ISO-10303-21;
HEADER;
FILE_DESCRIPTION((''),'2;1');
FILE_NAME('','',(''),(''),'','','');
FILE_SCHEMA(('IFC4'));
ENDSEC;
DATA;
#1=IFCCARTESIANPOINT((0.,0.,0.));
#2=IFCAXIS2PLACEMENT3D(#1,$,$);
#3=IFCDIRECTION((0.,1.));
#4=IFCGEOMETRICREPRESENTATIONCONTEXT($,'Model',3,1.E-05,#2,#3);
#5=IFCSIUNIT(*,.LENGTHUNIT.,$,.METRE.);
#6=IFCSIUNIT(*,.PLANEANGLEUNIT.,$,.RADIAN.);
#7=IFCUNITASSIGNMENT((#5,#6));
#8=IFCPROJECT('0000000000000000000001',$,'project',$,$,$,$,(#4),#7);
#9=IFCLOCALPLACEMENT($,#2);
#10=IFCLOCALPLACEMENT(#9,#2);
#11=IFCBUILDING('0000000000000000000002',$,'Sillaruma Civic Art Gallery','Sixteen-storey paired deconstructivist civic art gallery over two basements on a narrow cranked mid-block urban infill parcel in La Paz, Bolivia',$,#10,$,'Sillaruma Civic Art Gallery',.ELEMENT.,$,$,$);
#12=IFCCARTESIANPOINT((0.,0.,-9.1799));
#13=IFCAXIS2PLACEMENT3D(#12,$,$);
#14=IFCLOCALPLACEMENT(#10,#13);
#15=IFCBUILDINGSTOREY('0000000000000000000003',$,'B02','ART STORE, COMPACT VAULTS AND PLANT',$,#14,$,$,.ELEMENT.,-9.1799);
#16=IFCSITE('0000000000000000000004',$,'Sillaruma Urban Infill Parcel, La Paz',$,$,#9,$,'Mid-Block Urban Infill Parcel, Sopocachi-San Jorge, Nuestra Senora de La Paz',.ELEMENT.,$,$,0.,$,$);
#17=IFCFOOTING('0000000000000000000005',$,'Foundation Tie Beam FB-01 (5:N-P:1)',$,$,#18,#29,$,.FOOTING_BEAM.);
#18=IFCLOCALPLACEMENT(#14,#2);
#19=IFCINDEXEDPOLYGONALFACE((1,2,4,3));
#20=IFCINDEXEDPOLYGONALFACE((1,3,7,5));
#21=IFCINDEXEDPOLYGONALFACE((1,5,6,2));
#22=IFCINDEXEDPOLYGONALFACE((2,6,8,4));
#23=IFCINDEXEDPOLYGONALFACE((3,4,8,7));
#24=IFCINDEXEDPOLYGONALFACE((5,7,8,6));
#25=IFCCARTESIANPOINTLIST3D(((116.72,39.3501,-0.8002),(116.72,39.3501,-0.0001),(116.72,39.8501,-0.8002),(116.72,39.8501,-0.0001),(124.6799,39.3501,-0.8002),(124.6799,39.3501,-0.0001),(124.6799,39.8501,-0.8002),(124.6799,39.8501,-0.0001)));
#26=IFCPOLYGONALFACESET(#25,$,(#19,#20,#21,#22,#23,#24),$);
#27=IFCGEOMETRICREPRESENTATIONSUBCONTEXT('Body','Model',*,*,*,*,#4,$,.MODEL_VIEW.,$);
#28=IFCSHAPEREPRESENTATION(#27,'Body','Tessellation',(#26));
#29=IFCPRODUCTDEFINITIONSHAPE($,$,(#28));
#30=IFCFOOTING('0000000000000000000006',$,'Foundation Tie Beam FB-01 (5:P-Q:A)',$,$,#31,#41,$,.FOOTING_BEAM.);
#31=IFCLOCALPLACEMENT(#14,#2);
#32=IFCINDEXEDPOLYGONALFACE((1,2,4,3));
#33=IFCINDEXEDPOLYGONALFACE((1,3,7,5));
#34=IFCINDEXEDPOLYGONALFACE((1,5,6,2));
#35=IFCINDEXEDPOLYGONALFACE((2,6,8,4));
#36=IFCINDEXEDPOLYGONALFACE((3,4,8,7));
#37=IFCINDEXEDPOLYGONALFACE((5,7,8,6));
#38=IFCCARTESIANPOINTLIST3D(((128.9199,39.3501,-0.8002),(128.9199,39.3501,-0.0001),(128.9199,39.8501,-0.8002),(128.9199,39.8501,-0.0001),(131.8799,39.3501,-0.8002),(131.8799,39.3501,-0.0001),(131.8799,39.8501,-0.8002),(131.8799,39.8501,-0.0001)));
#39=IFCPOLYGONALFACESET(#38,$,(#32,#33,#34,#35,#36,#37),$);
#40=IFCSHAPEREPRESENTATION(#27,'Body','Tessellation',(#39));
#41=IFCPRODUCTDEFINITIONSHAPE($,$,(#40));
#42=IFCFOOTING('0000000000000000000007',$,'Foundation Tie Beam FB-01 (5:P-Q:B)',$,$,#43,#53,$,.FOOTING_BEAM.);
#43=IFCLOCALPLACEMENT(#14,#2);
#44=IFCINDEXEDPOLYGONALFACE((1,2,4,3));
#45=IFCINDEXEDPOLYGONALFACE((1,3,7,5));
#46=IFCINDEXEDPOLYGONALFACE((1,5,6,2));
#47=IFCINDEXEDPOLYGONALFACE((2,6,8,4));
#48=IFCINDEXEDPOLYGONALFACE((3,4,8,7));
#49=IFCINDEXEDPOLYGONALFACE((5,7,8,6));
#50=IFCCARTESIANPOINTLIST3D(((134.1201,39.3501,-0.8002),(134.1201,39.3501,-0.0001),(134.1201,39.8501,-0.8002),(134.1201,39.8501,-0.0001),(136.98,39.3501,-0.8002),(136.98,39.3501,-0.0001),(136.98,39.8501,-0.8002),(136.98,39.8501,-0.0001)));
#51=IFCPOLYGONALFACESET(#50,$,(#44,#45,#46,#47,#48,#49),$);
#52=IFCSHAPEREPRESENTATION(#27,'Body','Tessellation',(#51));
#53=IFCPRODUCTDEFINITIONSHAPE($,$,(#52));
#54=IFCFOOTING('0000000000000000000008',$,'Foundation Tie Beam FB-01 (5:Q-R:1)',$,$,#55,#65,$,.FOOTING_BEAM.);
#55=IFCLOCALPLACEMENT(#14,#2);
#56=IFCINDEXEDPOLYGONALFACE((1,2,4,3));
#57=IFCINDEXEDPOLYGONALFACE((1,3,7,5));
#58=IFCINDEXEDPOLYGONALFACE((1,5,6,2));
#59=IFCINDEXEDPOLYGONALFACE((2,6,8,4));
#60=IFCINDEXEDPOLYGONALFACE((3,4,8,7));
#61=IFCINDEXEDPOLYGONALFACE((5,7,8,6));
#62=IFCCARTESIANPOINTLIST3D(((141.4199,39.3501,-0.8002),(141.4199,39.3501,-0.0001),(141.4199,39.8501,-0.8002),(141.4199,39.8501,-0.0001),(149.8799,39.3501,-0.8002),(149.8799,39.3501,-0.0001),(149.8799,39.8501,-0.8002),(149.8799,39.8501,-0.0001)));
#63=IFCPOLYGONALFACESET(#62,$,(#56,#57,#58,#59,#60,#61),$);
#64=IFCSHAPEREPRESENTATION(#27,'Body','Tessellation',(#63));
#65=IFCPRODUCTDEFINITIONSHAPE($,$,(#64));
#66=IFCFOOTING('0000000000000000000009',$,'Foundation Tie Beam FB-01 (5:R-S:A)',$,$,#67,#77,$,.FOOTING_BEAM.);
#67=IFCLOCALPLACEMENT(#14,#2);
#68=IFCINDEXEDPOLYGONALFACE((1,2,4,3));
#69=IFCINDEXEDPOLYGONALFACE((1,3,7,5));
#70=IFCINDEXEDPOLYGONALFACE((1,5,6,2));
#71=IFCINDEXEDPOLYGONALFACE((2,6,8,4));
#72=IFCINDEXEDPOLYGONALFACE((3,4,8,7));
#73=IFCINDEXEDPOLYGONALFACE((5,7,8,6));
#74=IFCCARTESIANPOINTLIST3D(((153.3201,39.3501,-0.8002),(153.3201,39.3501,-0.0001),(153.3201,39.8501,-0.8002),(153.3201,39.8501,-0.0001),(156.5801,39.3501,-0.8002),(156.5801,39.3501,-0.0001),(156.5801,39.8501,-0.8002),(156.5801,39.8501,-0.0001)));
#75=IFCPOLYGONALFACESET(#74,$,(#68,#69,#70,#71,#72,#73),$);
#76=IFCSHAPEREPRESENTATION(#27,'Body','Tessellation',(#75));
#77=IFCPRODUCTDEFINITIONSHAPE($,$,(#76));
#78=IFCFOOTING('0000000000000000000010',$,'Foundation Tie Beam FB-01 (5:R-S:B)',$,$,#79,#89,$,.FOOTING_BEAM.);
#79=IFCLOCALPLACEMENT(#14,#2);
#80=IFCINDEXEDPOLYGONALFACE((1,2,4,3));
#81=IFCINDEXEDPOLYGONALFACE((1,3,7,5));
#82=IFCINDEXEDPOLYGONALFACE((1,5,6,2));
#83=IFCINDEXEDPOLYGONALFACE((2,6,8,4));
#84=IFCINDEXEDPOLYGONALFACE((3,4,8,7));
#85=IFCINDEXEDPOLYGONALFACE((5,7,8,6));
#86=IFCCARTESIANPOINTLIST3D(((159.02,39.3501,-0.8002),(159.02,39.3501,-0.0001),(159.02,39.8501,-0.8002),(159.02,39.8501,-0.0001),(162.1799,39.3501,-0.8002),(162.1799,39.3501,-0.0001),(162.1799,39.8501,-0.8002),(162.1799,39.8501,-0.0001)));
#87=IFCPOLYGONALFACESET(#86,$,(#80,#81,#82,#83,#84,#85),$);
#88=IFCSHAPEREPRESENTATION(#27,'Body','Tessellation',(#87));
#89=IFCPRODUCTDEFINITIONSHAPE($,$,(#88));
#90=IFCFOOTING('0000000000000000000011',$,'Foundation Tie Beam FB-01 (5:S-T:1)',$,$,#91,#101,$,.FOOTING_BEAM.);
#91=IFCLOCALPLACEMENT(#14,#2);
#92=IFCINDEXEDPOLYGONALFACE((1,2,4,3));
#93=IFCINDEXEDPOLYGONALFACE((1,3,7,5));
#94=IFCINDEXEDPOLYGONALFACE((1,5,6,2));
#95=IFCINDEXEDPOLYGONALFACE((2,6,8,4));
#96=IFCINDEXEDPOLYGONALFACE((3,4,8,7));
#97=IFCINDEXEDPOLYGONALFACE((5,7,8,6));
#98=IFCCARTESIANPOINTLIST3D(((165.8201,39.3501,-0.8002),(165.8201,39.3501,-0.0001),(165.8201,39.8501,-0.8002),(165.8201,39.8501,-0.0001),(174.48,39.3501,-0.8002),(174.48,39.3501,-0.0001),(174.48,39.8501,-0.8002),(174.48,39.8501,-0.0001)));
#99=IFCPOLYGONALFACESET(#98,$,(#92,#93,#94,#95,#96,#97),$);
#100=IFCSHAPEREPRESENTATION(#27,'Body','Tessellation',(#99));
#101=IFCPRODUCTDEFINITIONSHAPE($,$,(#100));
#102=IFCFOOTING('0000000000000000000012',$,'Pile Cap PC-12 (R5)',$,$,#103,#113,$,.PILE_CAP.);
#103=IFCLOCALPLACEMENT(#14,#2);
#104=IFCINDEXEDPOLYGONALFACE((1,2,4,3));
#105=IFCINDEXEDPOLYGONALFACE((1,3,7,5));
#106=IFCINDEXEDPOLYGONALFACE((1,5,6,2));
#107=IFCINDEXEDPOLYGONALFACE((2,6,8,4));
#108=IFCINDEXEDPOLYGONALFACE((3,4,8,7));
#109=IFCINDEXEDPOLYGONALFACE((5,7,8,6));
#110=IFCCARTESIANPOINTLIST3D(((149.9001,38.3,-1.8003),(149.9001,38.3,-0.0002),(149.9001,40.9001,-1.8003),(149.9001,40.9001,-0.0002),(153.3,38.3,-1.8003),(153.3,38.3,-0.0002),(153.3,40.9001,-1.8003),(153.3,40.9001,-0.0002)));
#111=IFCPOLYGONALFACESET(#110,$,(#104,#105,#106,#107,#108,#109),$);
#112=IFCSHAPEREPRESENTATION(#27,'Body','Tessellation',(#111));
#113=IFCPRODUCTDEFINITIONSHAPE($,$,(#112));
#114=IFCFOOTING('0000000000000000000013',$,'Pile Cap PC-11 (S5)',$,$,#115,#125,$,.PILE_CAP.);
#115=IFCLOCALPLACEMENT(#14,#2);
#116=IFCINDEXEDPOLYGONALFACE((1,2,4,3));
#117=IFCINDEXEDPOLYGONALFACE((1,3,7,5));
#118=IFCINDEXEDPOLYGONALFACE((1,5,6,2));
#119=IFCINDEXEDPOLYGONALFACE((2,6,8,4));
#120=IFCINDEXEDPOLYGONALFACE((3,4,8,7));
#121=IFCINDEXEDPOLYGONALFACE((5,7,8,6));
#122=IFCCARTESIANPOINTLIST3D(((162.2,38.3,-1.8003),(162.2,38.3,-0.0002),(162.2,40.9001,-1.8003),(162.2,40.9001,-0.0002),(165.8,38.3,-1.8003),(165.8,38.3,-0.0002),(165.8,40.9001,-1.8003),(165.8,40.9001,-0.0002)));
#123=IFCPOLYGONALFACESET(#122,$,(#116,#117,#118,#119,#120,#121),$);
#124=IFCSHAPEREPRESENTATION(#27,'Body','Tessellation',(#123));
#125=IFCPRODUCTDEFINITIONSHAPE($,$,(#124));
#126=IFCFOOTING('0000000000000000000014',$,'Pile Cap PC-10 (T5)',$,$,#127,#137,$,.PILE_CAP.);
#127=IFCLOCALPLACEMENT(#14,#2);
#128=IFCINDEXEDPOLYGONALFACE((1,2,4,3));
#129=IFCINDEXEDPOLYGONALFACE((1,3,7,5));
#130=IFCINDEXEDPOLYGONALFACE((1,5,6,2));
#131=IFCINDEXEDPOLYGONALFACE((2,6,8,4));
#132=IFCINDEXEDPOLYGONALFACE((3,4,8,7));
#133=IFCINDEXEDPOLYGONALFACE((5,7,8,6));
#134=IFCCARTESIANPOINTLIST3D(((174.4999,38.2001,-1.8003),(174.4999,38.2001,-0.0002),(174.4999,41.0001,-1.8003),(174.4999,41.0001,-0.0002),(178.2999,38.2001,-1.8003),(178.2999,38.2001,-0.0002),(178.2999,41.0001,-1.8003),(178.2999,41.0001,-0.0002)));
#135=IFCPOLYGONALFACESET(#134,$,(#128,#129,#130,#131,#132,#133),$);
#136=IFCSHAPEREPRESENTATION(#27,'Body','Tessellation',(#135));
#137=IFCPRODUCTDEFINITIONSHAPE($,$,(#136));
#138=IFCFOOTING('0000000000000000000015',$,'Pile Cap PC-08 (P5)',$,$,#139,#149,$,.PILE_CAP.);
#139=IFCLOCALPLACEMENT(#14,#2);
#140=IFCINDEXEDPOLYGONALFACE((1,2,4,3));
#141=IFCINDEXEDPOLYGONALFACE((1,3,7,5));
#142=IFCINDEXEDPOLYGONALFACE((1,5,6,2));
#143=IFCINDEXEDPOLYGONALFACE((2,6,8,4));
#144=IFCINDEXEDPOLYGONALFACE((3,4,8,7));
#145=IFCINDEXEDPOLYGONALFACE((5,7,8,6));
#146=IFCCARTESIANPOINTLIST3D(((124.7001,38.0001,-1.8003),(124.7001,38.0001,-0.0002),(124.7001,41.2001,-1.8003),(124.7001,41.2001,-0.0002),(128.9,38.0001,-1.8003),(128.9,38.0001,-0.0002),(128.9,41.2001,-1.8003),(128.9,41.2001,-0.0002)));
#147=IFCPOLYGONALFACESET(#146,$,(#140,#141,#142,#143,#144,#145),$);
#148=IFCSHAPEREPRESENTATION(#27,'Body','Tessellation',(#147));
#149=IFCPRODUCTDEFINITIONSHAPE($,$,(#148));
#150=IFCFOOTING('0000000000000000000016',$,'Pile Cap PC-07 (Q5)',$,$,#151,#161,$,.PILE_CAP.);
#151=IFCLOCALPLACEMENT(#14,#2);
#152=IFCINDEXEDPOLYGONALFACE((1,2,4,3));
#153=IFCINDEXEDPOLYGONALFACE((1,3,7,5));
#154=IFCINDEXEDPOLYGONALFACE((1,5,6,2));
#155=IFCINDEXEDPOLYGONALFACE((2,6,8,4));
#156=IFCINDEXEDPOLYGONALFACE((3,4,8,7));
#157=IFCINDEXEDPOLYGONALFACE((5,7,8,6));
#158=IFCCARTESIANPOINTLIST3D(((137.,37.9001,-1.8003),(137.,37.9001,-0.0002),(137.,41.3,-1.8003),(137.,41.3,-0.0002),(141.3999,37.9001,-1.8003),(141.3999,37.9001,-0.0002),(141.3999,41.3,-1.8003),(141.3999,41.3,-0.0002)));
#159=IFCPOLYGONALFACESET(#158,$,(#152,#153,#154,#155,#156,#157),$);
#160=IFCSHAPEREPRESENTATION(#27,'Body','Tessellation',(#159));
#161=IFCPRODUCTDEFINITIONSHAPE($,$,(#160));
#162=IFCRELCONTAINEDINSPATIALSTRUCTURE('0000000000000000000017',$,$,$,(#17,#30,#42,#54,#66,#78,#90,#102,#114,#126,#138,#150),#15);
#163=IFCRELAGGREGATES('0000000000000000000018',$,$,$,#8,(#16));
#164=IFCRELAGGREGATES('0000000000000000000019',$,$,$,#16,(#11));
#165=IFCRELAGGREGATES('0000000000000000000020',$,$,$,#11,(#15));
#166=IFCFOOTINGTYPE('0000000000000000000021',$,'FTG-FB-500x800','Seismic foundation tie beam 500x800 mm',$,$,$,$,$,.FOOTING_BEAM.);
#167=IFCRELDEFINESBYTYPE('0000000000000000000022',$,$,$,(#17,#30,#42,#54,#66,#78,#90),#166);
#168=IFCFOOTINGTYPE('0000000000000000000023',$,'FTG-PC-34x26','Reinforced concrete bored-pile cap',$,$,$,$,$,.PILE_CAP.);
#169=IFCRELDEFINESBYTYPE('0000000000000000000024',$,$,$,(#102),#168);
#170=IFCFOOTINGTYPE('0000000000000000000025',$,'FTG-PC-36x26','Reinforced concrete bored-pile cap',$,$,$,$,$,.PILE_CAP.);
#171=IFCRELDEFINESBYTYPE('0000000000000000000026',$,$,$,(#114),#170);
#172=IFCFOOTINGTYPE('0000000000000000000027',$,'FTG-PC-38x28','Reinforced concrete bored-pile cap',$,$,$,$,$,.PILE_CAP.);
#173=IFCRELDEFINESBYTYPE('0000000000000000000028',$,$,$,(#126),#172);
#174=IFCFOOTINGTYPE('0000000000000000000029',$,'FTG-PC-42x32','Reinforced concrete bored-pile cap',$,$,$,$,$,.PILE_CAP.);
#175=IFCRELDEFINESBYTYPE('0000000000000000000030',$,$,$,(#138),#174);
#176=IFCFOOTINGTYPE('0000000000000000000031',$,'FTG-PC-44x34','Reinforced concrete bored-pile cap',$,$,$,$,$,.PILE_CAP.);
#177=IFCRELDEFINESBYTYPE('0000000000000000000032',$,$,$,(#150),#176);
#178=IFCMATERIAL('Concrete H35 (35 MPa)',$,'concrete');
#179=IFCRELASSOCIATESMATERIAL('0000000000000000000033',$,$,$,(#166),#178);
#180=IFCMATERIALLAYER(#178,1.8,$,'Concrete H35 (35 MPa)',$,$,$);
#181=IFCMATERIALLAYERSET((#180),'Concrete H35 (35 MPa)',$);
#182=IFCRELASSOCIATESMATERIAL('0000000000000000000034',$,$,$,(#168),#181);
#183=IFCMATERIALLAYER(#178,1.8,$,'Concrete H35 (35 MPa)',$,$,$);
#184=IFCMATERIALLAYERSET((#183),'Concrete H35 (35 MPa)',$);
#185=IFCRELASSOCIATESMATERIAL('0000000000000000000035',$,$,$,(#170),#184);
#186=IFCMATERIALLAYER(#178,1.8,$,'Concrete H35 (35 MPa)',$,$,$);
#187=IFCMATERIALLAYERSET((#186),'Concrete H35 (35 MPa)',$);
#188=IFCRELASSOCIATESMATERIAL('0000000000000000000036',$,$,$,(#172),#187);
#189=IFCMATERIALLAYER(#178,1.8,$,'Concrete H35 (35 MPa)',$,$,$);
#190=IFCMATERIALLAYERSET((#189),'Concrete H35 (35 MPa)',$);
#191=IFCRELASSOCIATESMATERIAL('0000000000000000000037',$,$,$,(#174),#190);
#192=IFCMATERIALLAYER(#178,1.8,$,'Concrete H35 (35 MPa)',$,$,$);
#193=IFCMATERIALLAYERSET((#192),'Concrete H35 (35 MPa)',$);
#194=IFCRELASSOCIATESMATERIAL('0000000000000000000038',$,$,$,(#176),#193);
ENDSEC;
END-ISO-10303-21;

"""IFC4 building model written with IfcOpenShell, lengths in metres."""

from ifc_helpers import new_model, si_unit, direction, frame, origin, origin_2d, place, context, subcontext, project, spatial, rectangle, extrude, material, layer, layer_set, material_profile, profile_set, type_object, element, save


model = new_model("IFC4")

# Units and contexts
model_context = context("Model", 3, precision=1e-05, world=origin(), true_north=direction((0.0, 1.0)))
body_context = subcontext(model_context, "Body", "Model", "MODEL_VIEW")
ifc_project = project(units=[si_unit("LENGTHUNIT", "METRE"), si_unit("PLANEANGLEUNIT", "RADIAN")], contexts=[model_context])

# Site, building, storey
site_placement = place(None, origin())
site = spatial("IfcSite", under=ifc_project, at=site_placement, Name="Sillaruma Urban Infill Parcel, La Paz", LongName="Mid-Block Urban Infill Parcel, Sopocachi-San Jorge, Nuestra Senora de La Paz", CompositionType="ELEMENT", RefElevation=0.0)
building_placement = place(site_placement, origin())
building = spatial("IfcBuilding", under=site, at=building_placement, Name="Sillaruma Civic Art Gallery", Description="Sixteen-storey paired deconstructivist civic art gallery over two basements on a narrow cranked mid-block urban infill parcel in La Paz, Bolivia", LongName="Sillaruma Civic Art Gallery", CompositionType="ELEMENT")
storey_placement = place(building_placement, frame((0.0, 0.0, -9.1799)))
storey = spatial("IfcBuildingStorey", under=building, at=storey_placement, Name="B02", Description="ART STORE, COMPACT VAULTS AND PLANT", CompositionType="ELEMENT", Elevation=-9.1799)

# Footings
ifc_material_1 = material(Name="Concrete H35 (35 MPa)", Category="concrete")
ifc_material_profile_1 = material_profile(ifc_material_1, rectangle(XDim=0.5, YDim=0.8, at=origin_2d()), Name="RCB500x800")
ifc_profile_set_1 = profile_set([ifc_material_profile_1], Name="Concrete H35 (35 MPa)")
footing_type_1 = type_object("IfcFootingType", Name="FTG-FB-500x800", Description="Seismic foundation tie beam 500x800 mm", PredefinedType="FOOTING_BEAM", material=ifc_profile_set_1)
footing_1_placement = place(storey_placement, frame((116.72, 39.6001, -0.4001), z_axis=(1.0, 0.0, 0.0), x_axis=(0.0, 1.0, 0.0)))
element("IfcFooting", 1, at=footing_1_placement, inside=storey, type_object=footing_type_1, Name="Foundation Tie Beam FB-01 (5:N-P:1)", PredefinedType="FOOTING_BEAM", context=body_context, shape_type="SweptSolid", body=[
    extrude(rectangle(XDim=0.5, YDim=0.8, at=origin_2d()), origin(), (0.0, 0.0, 1.0), 7.96),
])
footing_2_placement = place(storey_placement, frame((128.9199, 39.6001, -0.4001), z_axis=(1.0, 0.0, 0.0), x_axis=(0.0, 1.0, 0.0)))
element("IfcFooting", 2, at=footing_2_placement, inside=storey, type_object=footing_type_1, Name="Foundation Tie Beam FB-01 (5:P-Q:A)", PredefinedType="FOOTING_BEAM", context=body_context, shape_type="SweptSolid", body=[
    extrude(rectangle(XDim=0.5, YDim=0.8, at=origin_2d()), origin(), (0.0, 0.0, 1.0), 2.96),
])
footing_3_placement = place(storey_placement, frame((134.1201, 39.6001, -0.4001), z_axis=(1.0, 0.0, 0.0), x_axis=(0.0, 1.0, 0.0)))
element("IfcFooting", 3, at=footing_3_placement, inside=storey, type_object=footing_type_1, Name="Foundation Tie Beam FB-01 (5:P-Q:B)", PredefinedType="FOOTING_BEAM", context=body_context, shape_type="SweptSolid", body=[
    extrude(rectangle(XDim=0.5, YDim=0.8, at=origin_2d()), origin(), (0.0, 0.0, 1.0), 2.8599),
])
footing_4_placement = place(storey_placement, frame((141.4199, 39.6001, -0.4001), z_axis=(1.0, 0.0, 0.0), x_axis=(0.0, 1.0, 0.0)))
element("IfcFooting", 4, at=footing_4_placement, inside=storey, type_object=footing_type_1, Name="Foundation Tie Beam FB-01 (5:Q-R:1)", PredefinedType="FOOTING_BEAM", context=body_context, shape_type="SweptSolid", body=[
    extrude(rectangle(XDim=0.5, YDim=0.8, at=origin_2d()), origin(), (0.0, 0.0, 1.0), 8.46),
])
footing_5_placement = place(storey_placement, frame((153.3201, 39.6001, -0.4001), z_axis=(1.0, 0.0, 0.0), x_axis=(0.0, 1.0, 0.0)))
element("IfcFooting", 5, at=footing_5_placement, inside=storey, type_object=footing_type_1, Name="Foundation Tie Beam FB-01 (5:R-S:A)", PredefinedType="FOOTING_BEAM", context=body_context, shape_type="SweptSolid", body=[
    extrude(rectangle(XDim=0.5, YDim=0.8, at=origin_2d()), origin(), (0.0, 0.0, 1.0), 3.26),
])
footing_6_placement = place(storey_placement, frame((159.02, 39.6001, -0.4001), z_axis=(1.0, 0.0, 0.0), x_axis=(0.0, 1.0, 0.0)))
element("IfcFooting", 6, at=footing_6_placement, inside=storey, type_object=footing_type_1, Name="Foundation Tie Beam FB-01 (5:R-S:B)", PredefinedType="FOOTING_BEAM", context=body_context, shape_type="SweptSolid", body=[
    extrude(rectangle(XDim=0.5, YDim=0.8, at=origin_2d()), origin(), (0.0, 0.0, 1.0), 3.1599),
])
footing_7_placement = place(storey_placement, frame((165.8201, 39.6001, -0.4001), z_axis=(1.0, 0.0, 0.0), x_axis=(0.0, 1.0, 0.0)))
element("IfcFooting", 7, at=footing_7_placement, inside=storey, type_object=footing_type_1, Name="Foundation Tie Beam FB-01 (5:S-T:1)", PredefinedType="FOOTING_BEAM", context=body_context, shape_type="SweptSolid", body=[
    extrude(rectangle(XDim=0.5, YDim=0.8, at=origin_2d()), origin(), (0.0, 0.0, 1.0), 8.6599),
])
ifc_layer_1 = layer(ifc_material_1, 1.8, Name="Concrete H35 (35 MPa)")
ifc_layer_set_1 = layer_set([ifc_layer_1], Name="Concrete H35 (35 MPa)")
footing_type_2 = type_object("IfcFootingType", Name="FTG-PC-34x26", Description="Reinforced concrete bored-pile cap", PredefinedType="PILE_CAP", material=ifc_layer_set_1)
footing_8_placement = place(storey_placement, frame((151.6001, 39.6001, -1.8003), z_axis=(0.0, 0.0, 1.0), x_axis=(1.0, 0.0, 0.0)))
element("IfcFooting", 8, at=footing_8_placement, inside=storey, type_object=footing_type_2, Name="Pile Cap PC-12 (R5)", PredefinedType="PILE_CAP", context=body_context, shape_type="SweptSolid", body=[
    extrude(rectangle(XDim=3.3999, YDim=2.6001, at=origin_2d()), origin(), (0.0, 0.0, 1.0), 1.8),
])
ifc_layer_2 = layer(ifc_material_1, 1.8, Name="Concrete H35 (35 MPa)")
ifc_layer_set_2 = layer_set([ifc_layer_2], Name="Concrete H35 (35 MPa)")
footing_type_3 = type_object("IfcFootingType", Name="FTG-PC-36x26", Description="Reinforced concrete bored-pile cap", PredefinedType="PILE_CAP", material=ifc_layer_set_2)
footing_9_placement = place(storey_placement, frame((164.0, 39.6001, -1.8003), z_axis=(0.0, 0.0, 1.0), x_axis=(1.0, 0.0, 0.0)))
element("IfcFooting", 9, at=footing_9_placement, inside=storey, type_object=footing_type_3, Name="Pile Cap PC-11 (S5)", PredefinedType="PILE_CAP", context=body_context, shape_type="SweptSolid", body=[
    extrude(rectangle(XDim=3.6001, YDim=2.6001, at=origin_2d()), origin(), (0.0, 0.0, 1.0), 1.8),
])
ifc_layer_3 = layer(ifc_material_1, 1.8, Name="Concrete H35 (35 MPa)")
ifc_layer_set_3 = layer_set([ifc_layer_3], Name="Concrete H35 (35 MPa)")
footing_type_4 = type_object("IfcFootingType", Name="FTG-PC-38x28", Description="Reinforced concrete bored-pile cap", PredefinedType="PILE_CAP", material=ifc_layer_set_3)
footing_10_placement = place(storey_placement, frame((176.3999, 39.6001, -1.8003), z_axis=(0.0, 0.0, 1.0), x_axis=(1.0, 0.0, 0.0)))
element("IfcFooting", 10, at=footing_10_placement, inside=storey, type_object=footing_type_4, Name="Pile Cap PC-10 (T5)", PredefinedType="PILE_CAP", context=body_context, shape_type="SweptSolid", body=[
    extrude(rectangle(XDim=3.8, YDim=2.8, at=origin_2d()), origin(), (0.0, 0.0, 1.0), 1.8),
])
ifc_layer_4 = layer(ifc_material_1, 1.8, Name="Concrete H35 (35 MPa)")
ifc_layer_set_4 = layer_set([ifc_layer_4], Name="Concrete H35 (35 MPa)")
footing_type_5 = type_object("IfcFootingType", Name="FTG-PC-42x32", Description="Reinforced concrete bored-pile cap", PredefinedType="PILE_CAP", material=ifc_layer_set_4)
footing_11_placement = place(storey_placement, frame((126.8, 39.6001, -1.8003), z_axis=(0.0, 0.0, 1.0), x_axis=(1.0, 0.0, 0.0)))
element("IfcFooting", 11, at=footing_11_placement, inside=storey, type_object=footing_type_5, Name="Pile Cap PC-08 (P5)", PredefinedType="PILE_CAP", context=body_context, shape_type="SweptSolid", body=[
    extrude(rectangle(XDim=4.2, YDim=3.2, at=origin_2d()), origin(), (0.0, 0.0, 1.0), 1.8),
])
ifc_layer_5 = layer(ifc_material_1, 1.8, Name="Concrete H35 (35 MPa)")
ifc_layer_set_5 = layer_set([ifc_layer_5], Name="Concrete H35 (35 MPa)")
footing_type_6 = type_object("IfcFootingType", Name="FTG-PC-44x34", Description="Reinforced concrete bored-pile cap", PredefinedType="PILE_CAP", material=ifc_layer_set_5)
footing_12_placement = place(storey_placement, frame((139.2, 39.6001, -1.8003), z_axis=(0.0, 0.0, 1.0), x_axis=(1.0, 0.0, 0.0)))
element("IfcFooting", 12, at=footing_12_placement, inside=storey, type_object=footing_type_6, Name="Pile Cap PC-07 (Q5)", PredefinedType="PILE_CAP", context=body_context, shape_type="SweptSolid", body=[
    extrude(rectangle(XDim=4.3999, YDim=3.3999, at=origin_2d()), origin(), (0.0, 0.0, 1.0), 1.8),
])

save(model, "model.ifc")
